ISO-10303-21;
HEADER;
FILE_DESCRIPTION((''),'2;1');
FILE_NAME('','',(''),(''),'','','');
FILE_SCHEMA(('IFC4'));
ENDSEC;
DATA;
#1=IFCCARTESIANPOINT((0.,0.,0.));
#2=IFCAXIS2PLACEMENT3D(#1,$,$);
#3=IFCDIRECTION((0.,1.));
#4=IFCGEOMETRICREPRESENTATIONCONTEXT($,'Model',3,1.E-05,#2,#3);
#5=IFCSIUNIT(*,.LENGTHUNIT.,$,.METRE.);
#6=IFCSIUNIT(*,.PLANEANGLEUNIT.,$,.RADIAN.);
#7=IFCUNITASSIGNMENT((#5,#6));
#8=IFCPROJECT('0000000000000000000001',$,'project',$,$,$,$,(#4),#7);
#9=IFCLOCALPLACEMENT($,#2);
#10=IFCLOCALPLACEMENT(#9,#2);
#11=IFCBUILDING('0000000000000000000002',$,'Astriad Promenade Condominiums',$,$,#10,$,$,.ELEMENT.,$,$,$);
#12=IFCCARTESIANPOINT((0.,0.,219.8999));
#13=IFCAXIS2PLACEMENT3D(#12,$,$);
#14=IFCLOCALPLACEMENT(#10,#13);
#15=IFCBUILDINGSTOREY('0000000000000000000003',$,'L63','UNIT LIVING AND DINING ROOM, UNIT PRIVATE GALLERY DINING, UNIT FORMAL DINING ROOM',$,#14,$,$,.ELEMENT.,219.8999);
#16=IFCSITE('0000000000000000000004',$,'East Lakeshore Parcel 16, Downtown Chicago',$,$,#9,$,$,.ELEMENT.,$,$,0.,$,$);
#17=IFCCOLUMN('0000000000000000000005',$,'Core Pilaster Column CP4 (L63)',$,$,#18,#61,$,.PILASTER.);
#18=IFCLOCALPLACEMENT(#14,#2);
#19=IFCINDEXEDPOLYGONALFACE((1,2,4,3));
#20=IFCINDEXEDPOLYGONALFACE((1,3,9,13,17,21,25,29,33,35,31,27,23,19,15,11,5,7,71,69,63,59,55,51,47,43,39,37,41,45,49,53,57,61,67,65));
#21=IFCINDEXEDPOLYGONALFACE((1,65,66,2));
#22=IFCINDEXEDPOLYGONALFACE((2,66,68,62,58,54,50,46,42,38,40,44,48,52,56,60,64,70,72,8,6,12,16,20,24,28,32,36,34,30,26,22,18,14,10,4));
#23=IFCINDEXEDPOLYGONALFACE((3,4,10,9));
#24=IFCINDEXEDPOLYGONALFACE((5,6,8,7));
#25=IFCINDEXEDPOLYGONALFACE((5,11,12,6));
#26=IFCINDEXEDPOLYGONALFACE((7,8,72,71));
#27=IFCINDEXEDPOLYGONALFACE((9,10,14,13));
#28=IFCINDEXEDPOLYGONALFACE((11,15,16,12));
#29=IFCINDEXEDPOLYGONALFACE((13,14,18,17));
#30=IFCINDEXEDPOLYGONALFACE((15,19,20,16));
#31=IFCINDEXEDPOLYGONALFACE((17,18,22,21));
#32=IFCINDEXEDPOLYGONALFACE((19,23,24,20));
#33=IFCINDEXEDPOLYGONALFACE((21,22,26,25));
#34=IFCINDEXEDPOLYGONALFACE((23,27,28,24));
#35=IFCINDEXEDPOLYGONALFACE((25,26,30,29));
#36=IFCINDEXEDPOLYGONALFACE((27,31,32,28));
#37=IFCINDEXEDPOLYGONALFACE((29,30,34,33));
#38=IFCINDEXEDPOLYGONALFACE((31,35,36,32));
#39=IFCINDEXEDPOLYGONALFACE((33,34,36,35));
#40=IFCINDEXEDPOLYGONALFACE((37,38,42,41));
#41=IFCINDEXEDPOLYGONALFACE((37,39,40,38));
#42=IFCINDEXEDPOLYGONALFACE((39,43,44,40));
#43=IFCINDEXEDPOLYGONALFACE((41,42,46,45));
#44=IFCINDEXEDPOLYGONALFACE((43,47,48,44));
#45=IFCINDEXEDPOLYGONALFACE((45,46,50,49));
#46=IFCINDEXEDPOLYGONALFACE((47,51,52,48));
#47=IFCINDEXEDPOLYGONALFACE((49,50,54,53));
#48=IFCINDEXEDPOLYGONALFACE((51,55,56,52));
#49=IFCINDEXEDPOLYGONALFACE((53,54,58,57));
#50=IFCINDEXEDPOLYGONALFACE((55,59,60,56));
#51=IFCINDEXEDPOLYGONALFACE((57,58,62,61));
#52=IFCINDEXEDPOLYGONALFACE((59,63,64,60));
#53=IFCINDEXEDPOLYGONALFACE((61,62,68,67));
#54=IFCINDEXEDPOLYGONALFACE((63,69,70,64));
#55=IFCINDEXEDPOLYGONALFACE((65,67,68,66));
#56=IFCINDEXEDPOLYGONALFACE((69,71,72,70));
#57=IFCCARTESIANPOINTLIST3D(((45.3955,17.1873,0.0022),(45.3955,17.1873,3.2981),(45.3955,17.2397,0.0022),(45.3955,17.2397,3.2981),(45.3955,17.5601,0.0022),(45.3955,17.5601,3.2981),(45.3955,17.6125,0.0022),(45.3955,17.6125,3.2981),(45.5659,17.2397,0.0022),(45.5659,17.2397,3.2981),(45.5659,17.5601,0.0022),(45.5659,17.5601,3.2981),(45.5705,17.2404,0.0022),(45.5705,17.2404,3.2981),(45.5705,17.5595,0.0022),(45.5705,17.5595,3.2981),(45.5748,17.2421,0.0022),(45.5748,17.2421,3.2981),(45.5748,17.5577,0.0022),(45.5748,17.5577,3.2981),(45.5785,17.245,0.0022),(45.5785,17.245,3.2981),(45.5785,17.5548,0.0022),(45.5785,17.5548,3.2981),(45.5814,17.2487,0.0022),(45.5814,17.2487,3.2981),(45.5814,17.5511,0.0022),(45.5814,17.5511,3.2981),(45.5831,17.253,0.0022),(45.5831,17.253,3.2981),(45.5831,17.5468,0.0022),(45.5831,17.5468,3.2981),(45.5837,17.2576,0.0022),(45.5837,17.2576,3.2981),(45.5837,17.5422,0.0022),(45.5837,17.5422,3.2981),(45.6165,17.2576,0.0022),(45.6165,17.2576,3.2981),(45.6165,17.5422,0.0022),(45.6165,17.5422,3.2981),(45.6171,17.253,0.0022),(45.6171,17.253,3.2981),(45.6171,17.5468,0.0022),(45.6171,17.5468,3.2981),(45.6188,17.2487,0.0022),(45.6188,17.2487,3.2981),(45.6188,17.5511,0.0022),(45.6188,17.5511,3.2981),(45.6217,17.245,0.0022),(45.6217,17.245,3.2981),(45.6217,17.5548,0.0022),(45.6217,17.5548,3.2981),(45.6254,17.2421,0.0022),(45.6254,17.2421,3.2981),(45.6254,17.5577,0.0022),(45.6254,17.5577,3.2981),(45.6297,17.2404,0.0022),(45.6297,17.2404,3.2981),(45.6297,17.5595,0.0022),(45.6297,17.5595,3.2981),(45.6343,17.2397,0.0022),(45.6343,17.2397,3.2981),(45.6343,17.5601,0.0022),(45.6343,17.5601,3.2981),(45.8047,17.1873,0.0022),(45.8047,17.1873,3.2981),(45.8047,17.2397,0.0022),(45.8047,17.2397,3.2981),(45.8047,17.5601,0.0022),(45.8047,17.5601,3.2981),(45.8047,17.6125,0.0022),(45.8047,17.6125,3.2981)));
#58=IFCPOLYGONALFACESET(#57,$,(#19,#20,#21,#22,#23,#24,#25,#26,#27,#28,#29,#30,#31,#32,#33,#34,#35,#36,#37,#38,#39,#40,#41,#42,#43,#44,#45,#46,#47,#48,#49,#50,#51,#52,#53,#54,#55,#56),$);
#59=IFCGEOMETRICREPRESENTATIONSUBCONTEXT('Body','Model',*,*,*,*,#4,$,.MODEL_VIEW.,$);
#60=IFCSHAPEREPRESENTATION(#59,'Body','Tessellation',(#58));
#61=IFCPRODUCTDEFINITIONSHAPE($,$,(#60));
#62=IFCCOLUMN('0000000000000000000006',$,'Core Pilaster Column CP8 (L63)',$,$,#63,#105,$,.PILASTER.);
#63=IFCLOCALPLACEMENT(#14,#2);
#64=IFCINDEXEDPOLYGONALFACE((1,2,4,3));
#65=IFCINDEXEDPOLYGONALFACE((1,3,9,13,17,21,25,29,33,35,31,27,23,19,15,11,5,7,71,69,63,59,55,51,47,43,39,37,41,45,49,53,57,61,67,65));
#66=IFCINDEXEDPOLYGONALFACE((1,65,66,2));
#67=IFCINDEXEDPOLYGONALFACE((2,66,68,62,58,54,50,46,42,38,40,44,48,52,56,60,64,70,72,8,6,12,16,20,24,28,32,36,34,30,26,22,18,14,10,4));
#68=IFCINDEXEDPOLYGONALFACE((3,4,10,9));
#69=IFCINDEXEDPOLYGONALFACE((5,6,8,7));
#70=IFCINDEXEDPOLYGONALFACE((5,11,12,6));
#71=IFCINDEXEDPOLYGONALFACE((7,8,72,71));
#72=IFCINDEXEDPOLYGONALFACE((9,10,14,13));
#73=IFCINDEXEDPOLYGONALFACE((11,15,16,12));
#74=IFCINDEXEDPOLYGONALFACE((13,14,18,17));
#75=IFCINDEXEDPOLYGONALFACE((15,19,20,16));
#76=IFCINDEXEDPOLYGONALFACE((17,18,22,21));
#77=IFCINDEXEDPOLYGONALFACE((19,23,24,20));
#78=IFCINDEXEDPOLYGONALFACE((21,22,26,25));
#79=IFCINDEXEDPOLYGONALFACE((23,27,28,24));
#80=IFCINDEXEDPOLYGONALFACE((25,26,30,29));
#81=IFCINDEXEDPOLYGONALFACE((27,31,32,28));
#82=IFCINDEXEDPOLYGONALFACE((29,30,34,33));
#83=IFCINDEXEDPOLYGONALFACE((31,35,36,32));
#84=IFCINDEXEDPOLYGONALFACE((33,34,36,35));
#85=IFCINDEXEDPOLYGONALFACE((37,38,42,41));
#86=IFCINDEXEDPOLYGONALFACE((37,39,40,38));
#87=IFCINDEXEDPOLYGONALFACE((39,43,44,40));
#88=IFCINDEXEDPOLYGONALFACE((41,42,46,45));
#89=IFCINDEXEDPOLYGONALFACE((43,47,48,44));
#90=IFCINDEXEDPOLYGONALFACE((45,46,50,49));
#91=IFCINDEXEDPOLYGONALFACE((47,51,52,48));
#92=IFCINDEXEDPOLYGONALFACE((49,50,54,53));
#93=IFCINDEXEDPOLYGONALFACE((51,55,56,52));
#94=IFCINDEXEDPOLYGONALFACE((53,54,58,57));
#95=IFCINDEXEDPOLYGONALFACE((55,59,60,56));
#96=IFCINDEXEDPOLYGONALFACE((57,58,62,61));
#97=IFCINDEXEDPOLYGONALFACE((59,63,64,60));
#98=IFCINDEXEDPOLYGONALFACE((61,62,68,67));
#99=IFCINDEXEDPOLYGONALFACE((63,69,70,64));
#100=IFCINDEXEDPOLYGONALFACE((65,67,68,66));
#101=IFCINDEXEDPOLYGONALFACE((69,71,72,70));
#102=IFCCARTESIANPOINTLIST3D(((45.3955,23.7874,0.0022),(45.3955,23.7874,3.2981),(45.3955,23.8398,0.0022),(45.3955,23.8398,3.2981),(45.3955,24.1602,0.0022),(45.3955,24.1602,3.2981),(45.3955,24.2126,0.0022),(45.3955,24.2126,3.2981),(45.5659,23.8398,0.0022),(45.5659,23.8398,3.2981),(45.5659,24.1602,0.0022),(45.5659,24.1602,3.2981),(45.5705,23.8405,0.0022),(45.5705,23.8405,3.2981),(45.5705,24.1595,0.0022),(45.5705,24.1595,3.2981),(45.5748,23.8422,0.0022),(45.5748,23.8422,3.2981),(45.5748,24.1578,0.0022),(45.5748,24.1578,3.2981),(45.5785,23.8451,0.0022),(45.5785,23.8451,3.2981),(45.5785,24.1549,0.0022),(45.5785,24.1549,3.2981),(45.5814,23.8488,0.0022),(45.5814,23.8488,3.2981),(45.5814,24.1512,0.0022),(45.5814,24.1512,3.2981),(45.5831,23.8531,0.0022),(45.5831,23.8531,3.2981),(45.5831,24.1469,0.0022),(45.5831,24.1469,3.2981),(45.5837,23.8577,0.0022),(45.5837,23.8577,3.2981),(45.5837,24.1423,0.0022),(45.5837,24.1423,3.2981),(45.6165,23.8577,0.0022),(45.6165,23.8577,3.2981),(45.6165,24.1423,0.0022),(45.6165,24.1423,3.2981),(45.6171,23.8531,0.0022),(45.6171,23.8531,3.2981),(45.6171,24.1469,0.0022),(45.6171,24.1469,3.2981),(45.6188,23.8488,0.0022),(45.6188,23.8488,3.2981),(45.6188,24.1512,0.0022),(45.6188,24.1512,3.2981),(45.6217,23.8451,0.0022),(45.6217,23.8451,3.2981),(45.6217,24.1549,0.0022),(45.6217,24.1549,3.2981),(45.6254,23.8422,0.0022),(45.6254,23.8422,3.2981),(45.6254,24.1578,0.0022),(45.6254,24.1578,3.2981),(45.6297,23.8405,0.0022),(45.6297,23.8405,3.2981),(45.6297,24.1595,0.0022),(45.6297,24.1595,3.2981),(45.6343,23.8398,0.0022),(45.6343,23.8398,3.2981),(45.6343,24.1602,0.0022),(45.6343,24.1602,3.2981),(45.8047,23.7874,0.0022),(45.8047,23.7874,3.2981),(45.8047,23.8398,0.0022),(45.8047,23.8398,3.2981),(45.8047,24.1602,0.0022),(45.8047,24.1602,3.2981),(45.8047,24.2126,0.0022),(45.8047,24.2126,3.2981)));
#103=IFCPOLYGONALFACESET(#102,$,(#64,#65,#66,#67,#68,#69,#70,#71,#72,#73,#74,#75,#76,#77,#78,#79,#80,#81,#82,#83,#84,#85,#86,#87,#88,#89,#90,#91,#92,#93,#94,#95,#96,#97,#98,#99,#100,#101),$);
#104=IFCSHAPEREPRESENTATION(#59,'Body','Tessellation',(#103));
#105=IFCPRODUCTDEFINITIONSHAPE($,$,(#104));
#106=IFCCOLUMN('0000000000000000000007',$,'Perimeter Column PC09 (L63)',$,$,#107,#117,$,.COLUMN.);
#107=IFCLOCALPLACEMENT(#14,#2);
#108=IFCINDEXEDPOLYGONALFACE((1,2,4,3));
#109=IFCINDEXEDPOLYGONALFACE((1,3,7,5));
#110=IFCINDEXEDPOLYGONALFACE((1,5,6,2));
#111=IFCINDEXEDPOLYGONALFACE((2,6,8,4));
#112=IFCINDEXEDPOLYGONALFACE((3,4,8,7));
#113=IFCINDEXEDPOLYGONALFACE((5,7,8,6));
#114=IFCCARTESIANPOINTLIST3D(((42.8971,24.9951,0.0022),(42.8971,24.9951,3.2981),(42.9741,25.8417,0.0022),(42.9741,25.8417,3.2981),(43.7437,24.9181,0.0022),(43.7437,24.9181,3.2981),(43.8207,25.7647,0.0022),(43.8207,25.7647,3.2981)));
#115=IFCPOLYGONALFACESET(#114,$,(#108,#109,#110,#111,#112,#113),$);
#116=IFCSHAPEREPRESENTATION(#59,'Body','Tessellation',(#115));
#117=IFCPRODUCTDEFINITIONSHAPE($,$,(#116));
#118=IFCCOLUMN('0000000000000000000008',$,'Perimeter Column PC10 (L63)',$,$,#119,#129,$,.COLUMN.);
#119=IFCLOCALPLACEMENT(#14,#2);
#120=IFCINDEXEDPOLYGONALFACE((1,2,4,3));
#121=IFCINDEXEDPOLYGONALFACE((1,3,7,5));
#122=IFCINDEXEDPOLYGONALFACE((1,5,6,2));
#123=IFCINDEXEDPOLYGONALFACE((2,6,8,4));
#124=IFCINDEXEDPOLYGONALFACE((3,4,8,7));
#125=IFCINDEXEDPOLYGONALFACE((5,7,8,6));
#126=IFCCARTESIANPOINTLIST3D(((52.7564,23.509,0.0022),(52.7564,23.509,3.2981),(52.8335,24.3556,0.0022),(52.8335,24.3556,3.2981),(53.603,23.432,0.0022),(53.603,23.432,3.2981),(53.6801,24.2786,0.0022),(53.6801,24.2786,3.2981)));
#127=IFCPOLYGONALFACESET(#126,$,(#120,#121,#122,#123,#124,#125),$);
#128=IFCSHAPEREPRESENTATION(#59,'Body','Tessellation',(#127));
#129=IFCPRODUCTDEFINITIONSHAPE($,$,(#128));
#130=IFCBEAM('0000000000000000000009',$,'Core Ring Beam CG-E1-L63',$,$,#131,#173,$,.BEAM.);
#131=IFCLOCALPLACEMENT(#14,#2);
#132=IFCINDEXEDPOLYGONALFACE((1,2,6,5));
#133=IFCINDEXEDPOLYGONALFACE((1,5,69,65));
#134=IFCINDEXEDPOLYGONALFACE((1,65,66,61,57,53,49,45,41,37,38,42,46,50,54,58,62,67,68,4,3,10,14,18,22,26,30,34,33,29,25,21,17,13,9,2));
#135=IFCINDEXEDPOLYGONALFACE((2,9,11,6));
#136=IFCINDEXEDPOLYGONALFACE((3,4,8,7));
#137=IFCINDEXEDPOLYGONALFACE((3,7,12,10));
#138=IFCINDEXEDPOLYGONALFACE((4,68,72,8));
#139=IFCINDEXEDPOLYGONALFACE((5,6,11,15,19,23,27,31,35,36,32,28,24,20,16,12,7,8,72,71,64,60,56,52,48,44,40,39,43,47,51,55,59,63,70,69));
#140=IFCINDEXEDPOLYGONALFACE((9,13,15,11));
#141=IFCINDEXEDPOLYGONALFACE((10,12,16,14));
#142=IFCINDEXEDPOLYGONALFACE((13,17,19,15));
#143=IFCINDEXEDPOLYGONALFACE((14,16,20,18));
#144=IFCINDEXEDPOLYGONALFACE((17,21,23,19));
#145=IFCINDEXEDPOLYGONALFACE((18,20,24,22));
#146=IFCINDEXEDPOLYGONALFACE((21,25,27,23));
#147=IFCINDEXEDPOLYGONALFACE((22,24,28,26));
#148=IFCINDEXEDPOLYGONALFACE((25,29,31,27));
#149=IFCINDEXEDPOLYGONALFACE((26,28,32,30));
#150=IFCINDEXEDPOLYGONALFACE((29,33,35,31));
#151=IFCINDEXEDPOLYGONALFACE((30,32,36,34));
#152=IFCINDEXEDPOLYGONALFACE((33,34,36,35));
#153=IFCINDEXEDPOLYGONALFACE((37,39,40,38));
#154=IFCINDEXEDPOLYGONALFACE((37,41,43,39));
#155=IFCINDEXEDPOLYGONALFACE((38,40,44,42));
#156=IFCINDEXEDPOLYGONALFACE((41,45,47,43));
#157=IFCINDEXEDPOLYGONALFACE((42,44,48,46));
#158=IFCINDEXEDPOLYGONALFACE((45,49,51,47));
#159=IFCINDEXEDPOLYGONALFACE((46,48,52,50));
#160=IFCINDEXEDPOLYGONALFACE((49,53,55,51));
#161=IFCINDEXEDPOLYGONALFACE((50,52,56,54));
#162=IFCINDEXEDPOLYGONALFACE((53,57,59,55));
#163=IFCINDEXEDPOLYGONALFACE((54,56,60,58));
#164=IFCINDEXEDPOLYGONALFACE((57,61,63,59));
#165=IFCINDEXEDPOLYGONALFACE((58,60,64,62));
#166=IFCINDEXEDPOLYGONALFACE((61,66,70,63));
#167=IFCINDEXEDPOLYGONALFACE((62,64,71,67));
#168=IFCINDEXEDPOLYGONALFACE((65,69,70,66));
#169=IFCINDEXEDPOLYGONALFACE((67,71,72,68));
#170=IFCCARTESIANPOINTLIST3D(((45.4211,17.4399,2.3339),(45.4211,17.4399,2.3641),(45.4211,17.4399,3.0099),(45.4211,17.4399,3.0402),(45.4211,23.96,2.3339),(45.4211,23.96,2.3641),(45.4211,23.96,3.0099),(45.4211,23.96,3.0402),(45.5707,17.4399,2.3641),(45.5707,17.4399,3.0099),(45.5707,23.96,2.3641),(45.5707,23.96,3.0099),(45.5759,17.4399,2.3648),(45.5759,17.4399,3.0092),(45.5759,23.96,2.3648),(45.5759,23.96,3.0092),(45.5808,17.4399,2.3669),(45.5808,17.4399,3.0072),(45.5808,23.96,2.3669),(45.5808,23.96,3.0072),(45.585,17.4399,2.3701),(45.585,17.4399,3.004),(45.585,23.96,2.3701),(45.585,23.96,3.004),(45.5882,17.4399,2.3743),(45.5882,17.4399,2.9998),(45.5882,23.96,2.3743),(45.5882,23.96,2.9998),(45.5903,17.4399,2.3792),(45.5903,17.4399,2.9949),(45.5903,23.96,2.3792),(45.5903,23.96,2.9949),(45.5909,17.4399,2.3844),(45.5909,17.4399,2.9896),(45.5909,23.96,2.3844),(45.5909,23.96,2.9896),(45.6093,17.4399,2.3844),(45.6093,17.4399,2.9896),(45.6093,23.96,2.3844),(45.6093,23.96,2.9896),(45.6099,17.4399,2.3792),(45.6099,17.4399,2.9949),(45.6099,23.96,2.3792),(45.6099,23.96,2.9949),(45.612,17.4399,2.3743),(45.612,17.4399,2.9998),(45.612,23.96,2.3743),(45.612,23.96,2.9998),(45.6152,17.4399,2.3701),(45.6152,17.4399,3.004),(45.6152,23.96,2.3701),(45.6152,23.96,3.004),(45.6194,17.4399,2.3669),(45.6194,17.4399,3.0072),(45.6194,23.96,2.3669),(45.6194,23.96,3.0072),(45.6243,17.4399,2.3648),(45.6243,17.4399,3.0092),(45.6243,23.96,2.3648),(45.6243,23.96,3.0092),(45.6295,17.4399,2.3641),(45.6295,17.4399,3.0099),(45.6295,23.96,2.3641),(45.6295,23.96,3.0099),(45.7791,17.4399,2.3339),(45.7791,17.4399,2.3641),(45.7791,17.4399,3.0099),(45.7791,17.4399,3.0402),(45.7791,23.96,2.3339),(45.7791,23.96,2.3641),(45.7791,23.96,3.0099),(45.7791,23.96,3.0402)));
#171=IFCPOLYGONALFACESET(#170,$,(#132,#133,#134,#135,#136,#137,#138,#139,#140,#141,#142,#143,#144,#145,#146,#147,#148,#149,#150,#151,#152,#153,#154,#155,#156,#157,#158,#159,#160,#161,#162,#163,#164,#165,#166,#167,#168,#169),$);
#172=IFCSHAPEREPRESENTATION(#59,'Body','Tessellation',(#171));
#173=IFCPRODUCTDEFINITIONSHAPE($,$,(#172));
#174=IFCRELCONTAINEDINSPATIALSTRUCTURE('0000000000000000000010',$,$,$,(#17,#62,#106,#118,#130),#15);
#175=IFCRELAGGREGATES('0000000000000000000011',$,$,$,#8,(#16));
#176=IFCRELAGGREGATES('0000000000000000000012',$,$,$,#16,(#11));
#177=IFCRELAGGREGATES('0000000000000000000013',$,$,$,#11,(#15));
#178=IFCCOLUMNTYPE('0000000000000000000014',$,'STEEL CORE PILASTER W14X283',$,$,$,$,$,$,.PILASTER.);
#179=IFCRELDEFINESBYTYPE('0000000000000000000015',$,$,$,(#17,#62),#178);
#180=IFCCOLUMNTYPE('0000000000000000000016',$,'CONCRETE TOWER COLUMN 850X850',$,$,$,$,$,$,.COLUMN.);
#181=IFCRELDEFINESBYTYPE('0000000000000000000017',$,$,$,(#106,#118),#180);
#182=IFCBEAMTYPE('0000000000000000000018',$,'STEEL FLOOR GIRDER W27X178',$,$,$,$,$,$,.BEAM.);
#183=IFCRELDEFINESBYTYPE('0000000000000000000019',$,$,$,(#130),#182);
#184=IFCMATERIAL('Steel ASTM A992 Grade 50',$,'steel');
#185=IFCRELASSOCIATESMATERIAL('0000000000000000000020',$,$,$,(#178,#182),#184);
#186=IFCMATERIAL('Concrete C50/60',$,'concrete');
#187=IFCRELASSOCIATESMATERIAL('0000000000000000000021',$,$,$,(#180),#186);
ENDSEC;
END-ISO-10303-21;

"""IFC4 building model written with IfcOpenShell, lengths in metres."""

from ifc_helpers import new_model, si_unit, direction, frame, origin, origin_2d, place, context, subcontext, project, spatial, rectangle, i_section, extrude, source, transform, mapped, material, material_profile, profile_set, type_object, type_shapes, element, save


model = new_model("IFC4")

# Units and contexts
model_context = context("Model", 3, precision=1e-05, world=origin(), true_north=direction((0.0, 1.0)))
body_context = subcontext(model_context, "Body", "Model", "MODEL_VIEW")
ifc_project = project(units=[si_unit("LENGTHUNIT", "METRE"), si_unit("PLANEANGLEUNIT", "RADIAN")], contexts=[model_context])

# Site, building, storey
site_placement = place(None, origin())
site = spatial("IfcSite", under=ifc_project, at=site_placement, Name="East Lakeshore Parcel 16, Downtown Chicago", CompositionType="ELEMENT", RefElevation=0.0)
building_placement = place(site_placement, origin())
building = spatial("IfcBuilding", under=site, at=building_placement, Name="Astriad Promenade Condominiums", CompositionType="ELEMENT")
storey_placement = place(building_placement, frame((0.0, 0.0, 219.8999)))
storey = spatial("IfcBuildingStorey", under=building, at=storey_placement, Name="L63", Description="UNIT LIVING AND DINING ROOM, UNIT PRIVATE GALLERY DINING, UNIT FORMAL DINING ROOM", CompositionType="ELEMENT", Elevation=219.8999)

# Columns
ifc_material_1 = material(Name="Steel ASTM A992 Grade 50", Category="steel")
ifc_material_profile_1 = material_profile(ifc_material_1, i_section(OverallWidth=0.4092, OverallDepth=0.4253, WebThickness=0.0327, FlangeThickness=0.0525, FilletRadius=0.0178, at=origin_2d()), Name="W14X283")
ifc_profile_set_1 = profile_set([ifc_material_profile_1], Name="Steel ASTM A992 Grade 50")
column_type_1 = type_object("IfcColumnType", Name="STEEL CORE PILASTER W14X283", PredefinedType="PILASTER", material=ifc_profile_set_1)
shared_shape_1 = source(origin(), body_context, "Body", "SweptSolid", [
    extrude(i_section(OverallWidth=0.4092, OverallDepth=0.4253, WebThickness=0.0327, FlangeThickness=0.0525, FilletRadius=0.0178, at=origin_2d()), origin(), (0.0, 0.0, 1.0), 3.2959),
])
type_shapes(column_type_1, [shared_shape_1])
for number, where, z_axis, x_axis, name in (
    (1, (45.6001, 17.3999, 0.0022), (0.0, 0.0, 1.0), (1.0, 0.0, 0.0), "Core Pilaster Column CP4 (L63)"),
    (2, (45.6001, 24.0, 0.0022), (0.0, 0.0, 1.0), (1.0, 0.0, 0.0), "Core Pilaster Column CP8 (L63)"),
):
    element("IfcColumn", number, at=place(storey_placement, frame(where, z_axis=z_axis, x_axis=x_axis)), inside=storey, type_object=column_type_1, Name=name, PredefinedType="PILASTER", context=body_context, shape_type="MappedRepresentation", body=[
        mapped(shared_shape_1, transform((0.0, 0.0, 0.0), scale=1.0)),
    ])
ifc_material_2 = material(Name="Concrete C50/60", Category="concrete")
ifc_material_profile_2 = material_profile(ifc_material_2, rectangle(XDim=0.8501, YDim=0.8501, at=origin_2d()), Name="RC-COL-850X850")
ifc_profile_set_2 = profile_set([ifc_material_profile_2], Name="Concrete C50/60")
column_type_2 = type_object("IfcColumnType", Name="CONCRETE TOWER COLUMN 850X850", PredefinedType="COLUMN", material=ifc_profile_set_2)
shared_shape_2 = source(origin(), body_context, "Body", "SweptSolid", [
    extrude(rectangle(XDim=0.8501, YDim=0.8501, at=origin_2d()), origin(), (0.0, 0.0, 1.0), 3.2959),
])
type_shapes(column_type_2, [shared_shape_2])
for number, where, z_axis, x_axis, name in (
    (3, (43.3589, 25.3799, 0.0022), (0.0, 0.0, 1.0), (0.995884, -0.090633, 0.0), "Perimeter Column PC09 (L63)"),
    (4, (53.2183, 23.8938, 0.0022), (0.0, 0.0, 1.0), (0.995884, -0.090633, 0.0), "Perimeter Column PC10 (L63)"),
):
    element("IfcColumn", number, at=place(storey_placement, frame(where, z_axis=z_axis, x_axis=x_axis)), inside=storey, type_object=column_type_2, Name=name, PredefinedType="COLUMN", context=body_context, shape_type="MappedRepresentation", body=[
        mapped(shared_shape_2, transform((0.0, 0.0, 0.0), scale=1.0)),
    ])

# Beam
ifc_material_profile_3 = material_profile(ifc_material_1, i_section(OverallWidth=0.3579, OverallDepth=0.7063, WebThickness=0.0183, FlangeThickness=0.0303, FilletRadius=0.0203, at=origin_2d()), Name="W27X178")
ifc_profile_set_3 = profile_set([ifc_material_profile_3], Name="Steel ASTM A992 Grade 50")
beam_type_1 = type_object("IfcBeamType", Name="STEEL FLOOR GIRDER W27X178", PredefinedType="BEAM", material=ifc_profile_set_3)
shared_shape_3 = source(origin(), body_context, "Body", "SweptSolid", [
    extrude(i_section(OverallWidth=0.3579, OverallDepth=0.7063, WebThickness=0.0183, FlangeThickness=0.0303, FilletRadius=0.0203, at=origin_2d()), origin(), (0.0, 0.0, 1.0), 6.52),
])
type_shapes(beam_type_1, [shared_shape_3])
beam_1_placement = place(storey_placement, frame((45.6001, 17.4399, 2.687), z_axis=(0.0, 1.0, 0.0), x_axis=(-1.0, 0.0, 0.0)))
element("IfcBeam", 5, at=beam_1_placement, inside=storey, type_object=beam_type_1, Name="Core Ring Beam CG-E1-L63", PredefinedType="BEAM", context=body_context, shape_type="MappedRepresentation", body=[
    mapped(shared_shape_3, transform((0.0, 0.0, 0.0), scale=1.0)),
])

save(model, "model.ifc")
